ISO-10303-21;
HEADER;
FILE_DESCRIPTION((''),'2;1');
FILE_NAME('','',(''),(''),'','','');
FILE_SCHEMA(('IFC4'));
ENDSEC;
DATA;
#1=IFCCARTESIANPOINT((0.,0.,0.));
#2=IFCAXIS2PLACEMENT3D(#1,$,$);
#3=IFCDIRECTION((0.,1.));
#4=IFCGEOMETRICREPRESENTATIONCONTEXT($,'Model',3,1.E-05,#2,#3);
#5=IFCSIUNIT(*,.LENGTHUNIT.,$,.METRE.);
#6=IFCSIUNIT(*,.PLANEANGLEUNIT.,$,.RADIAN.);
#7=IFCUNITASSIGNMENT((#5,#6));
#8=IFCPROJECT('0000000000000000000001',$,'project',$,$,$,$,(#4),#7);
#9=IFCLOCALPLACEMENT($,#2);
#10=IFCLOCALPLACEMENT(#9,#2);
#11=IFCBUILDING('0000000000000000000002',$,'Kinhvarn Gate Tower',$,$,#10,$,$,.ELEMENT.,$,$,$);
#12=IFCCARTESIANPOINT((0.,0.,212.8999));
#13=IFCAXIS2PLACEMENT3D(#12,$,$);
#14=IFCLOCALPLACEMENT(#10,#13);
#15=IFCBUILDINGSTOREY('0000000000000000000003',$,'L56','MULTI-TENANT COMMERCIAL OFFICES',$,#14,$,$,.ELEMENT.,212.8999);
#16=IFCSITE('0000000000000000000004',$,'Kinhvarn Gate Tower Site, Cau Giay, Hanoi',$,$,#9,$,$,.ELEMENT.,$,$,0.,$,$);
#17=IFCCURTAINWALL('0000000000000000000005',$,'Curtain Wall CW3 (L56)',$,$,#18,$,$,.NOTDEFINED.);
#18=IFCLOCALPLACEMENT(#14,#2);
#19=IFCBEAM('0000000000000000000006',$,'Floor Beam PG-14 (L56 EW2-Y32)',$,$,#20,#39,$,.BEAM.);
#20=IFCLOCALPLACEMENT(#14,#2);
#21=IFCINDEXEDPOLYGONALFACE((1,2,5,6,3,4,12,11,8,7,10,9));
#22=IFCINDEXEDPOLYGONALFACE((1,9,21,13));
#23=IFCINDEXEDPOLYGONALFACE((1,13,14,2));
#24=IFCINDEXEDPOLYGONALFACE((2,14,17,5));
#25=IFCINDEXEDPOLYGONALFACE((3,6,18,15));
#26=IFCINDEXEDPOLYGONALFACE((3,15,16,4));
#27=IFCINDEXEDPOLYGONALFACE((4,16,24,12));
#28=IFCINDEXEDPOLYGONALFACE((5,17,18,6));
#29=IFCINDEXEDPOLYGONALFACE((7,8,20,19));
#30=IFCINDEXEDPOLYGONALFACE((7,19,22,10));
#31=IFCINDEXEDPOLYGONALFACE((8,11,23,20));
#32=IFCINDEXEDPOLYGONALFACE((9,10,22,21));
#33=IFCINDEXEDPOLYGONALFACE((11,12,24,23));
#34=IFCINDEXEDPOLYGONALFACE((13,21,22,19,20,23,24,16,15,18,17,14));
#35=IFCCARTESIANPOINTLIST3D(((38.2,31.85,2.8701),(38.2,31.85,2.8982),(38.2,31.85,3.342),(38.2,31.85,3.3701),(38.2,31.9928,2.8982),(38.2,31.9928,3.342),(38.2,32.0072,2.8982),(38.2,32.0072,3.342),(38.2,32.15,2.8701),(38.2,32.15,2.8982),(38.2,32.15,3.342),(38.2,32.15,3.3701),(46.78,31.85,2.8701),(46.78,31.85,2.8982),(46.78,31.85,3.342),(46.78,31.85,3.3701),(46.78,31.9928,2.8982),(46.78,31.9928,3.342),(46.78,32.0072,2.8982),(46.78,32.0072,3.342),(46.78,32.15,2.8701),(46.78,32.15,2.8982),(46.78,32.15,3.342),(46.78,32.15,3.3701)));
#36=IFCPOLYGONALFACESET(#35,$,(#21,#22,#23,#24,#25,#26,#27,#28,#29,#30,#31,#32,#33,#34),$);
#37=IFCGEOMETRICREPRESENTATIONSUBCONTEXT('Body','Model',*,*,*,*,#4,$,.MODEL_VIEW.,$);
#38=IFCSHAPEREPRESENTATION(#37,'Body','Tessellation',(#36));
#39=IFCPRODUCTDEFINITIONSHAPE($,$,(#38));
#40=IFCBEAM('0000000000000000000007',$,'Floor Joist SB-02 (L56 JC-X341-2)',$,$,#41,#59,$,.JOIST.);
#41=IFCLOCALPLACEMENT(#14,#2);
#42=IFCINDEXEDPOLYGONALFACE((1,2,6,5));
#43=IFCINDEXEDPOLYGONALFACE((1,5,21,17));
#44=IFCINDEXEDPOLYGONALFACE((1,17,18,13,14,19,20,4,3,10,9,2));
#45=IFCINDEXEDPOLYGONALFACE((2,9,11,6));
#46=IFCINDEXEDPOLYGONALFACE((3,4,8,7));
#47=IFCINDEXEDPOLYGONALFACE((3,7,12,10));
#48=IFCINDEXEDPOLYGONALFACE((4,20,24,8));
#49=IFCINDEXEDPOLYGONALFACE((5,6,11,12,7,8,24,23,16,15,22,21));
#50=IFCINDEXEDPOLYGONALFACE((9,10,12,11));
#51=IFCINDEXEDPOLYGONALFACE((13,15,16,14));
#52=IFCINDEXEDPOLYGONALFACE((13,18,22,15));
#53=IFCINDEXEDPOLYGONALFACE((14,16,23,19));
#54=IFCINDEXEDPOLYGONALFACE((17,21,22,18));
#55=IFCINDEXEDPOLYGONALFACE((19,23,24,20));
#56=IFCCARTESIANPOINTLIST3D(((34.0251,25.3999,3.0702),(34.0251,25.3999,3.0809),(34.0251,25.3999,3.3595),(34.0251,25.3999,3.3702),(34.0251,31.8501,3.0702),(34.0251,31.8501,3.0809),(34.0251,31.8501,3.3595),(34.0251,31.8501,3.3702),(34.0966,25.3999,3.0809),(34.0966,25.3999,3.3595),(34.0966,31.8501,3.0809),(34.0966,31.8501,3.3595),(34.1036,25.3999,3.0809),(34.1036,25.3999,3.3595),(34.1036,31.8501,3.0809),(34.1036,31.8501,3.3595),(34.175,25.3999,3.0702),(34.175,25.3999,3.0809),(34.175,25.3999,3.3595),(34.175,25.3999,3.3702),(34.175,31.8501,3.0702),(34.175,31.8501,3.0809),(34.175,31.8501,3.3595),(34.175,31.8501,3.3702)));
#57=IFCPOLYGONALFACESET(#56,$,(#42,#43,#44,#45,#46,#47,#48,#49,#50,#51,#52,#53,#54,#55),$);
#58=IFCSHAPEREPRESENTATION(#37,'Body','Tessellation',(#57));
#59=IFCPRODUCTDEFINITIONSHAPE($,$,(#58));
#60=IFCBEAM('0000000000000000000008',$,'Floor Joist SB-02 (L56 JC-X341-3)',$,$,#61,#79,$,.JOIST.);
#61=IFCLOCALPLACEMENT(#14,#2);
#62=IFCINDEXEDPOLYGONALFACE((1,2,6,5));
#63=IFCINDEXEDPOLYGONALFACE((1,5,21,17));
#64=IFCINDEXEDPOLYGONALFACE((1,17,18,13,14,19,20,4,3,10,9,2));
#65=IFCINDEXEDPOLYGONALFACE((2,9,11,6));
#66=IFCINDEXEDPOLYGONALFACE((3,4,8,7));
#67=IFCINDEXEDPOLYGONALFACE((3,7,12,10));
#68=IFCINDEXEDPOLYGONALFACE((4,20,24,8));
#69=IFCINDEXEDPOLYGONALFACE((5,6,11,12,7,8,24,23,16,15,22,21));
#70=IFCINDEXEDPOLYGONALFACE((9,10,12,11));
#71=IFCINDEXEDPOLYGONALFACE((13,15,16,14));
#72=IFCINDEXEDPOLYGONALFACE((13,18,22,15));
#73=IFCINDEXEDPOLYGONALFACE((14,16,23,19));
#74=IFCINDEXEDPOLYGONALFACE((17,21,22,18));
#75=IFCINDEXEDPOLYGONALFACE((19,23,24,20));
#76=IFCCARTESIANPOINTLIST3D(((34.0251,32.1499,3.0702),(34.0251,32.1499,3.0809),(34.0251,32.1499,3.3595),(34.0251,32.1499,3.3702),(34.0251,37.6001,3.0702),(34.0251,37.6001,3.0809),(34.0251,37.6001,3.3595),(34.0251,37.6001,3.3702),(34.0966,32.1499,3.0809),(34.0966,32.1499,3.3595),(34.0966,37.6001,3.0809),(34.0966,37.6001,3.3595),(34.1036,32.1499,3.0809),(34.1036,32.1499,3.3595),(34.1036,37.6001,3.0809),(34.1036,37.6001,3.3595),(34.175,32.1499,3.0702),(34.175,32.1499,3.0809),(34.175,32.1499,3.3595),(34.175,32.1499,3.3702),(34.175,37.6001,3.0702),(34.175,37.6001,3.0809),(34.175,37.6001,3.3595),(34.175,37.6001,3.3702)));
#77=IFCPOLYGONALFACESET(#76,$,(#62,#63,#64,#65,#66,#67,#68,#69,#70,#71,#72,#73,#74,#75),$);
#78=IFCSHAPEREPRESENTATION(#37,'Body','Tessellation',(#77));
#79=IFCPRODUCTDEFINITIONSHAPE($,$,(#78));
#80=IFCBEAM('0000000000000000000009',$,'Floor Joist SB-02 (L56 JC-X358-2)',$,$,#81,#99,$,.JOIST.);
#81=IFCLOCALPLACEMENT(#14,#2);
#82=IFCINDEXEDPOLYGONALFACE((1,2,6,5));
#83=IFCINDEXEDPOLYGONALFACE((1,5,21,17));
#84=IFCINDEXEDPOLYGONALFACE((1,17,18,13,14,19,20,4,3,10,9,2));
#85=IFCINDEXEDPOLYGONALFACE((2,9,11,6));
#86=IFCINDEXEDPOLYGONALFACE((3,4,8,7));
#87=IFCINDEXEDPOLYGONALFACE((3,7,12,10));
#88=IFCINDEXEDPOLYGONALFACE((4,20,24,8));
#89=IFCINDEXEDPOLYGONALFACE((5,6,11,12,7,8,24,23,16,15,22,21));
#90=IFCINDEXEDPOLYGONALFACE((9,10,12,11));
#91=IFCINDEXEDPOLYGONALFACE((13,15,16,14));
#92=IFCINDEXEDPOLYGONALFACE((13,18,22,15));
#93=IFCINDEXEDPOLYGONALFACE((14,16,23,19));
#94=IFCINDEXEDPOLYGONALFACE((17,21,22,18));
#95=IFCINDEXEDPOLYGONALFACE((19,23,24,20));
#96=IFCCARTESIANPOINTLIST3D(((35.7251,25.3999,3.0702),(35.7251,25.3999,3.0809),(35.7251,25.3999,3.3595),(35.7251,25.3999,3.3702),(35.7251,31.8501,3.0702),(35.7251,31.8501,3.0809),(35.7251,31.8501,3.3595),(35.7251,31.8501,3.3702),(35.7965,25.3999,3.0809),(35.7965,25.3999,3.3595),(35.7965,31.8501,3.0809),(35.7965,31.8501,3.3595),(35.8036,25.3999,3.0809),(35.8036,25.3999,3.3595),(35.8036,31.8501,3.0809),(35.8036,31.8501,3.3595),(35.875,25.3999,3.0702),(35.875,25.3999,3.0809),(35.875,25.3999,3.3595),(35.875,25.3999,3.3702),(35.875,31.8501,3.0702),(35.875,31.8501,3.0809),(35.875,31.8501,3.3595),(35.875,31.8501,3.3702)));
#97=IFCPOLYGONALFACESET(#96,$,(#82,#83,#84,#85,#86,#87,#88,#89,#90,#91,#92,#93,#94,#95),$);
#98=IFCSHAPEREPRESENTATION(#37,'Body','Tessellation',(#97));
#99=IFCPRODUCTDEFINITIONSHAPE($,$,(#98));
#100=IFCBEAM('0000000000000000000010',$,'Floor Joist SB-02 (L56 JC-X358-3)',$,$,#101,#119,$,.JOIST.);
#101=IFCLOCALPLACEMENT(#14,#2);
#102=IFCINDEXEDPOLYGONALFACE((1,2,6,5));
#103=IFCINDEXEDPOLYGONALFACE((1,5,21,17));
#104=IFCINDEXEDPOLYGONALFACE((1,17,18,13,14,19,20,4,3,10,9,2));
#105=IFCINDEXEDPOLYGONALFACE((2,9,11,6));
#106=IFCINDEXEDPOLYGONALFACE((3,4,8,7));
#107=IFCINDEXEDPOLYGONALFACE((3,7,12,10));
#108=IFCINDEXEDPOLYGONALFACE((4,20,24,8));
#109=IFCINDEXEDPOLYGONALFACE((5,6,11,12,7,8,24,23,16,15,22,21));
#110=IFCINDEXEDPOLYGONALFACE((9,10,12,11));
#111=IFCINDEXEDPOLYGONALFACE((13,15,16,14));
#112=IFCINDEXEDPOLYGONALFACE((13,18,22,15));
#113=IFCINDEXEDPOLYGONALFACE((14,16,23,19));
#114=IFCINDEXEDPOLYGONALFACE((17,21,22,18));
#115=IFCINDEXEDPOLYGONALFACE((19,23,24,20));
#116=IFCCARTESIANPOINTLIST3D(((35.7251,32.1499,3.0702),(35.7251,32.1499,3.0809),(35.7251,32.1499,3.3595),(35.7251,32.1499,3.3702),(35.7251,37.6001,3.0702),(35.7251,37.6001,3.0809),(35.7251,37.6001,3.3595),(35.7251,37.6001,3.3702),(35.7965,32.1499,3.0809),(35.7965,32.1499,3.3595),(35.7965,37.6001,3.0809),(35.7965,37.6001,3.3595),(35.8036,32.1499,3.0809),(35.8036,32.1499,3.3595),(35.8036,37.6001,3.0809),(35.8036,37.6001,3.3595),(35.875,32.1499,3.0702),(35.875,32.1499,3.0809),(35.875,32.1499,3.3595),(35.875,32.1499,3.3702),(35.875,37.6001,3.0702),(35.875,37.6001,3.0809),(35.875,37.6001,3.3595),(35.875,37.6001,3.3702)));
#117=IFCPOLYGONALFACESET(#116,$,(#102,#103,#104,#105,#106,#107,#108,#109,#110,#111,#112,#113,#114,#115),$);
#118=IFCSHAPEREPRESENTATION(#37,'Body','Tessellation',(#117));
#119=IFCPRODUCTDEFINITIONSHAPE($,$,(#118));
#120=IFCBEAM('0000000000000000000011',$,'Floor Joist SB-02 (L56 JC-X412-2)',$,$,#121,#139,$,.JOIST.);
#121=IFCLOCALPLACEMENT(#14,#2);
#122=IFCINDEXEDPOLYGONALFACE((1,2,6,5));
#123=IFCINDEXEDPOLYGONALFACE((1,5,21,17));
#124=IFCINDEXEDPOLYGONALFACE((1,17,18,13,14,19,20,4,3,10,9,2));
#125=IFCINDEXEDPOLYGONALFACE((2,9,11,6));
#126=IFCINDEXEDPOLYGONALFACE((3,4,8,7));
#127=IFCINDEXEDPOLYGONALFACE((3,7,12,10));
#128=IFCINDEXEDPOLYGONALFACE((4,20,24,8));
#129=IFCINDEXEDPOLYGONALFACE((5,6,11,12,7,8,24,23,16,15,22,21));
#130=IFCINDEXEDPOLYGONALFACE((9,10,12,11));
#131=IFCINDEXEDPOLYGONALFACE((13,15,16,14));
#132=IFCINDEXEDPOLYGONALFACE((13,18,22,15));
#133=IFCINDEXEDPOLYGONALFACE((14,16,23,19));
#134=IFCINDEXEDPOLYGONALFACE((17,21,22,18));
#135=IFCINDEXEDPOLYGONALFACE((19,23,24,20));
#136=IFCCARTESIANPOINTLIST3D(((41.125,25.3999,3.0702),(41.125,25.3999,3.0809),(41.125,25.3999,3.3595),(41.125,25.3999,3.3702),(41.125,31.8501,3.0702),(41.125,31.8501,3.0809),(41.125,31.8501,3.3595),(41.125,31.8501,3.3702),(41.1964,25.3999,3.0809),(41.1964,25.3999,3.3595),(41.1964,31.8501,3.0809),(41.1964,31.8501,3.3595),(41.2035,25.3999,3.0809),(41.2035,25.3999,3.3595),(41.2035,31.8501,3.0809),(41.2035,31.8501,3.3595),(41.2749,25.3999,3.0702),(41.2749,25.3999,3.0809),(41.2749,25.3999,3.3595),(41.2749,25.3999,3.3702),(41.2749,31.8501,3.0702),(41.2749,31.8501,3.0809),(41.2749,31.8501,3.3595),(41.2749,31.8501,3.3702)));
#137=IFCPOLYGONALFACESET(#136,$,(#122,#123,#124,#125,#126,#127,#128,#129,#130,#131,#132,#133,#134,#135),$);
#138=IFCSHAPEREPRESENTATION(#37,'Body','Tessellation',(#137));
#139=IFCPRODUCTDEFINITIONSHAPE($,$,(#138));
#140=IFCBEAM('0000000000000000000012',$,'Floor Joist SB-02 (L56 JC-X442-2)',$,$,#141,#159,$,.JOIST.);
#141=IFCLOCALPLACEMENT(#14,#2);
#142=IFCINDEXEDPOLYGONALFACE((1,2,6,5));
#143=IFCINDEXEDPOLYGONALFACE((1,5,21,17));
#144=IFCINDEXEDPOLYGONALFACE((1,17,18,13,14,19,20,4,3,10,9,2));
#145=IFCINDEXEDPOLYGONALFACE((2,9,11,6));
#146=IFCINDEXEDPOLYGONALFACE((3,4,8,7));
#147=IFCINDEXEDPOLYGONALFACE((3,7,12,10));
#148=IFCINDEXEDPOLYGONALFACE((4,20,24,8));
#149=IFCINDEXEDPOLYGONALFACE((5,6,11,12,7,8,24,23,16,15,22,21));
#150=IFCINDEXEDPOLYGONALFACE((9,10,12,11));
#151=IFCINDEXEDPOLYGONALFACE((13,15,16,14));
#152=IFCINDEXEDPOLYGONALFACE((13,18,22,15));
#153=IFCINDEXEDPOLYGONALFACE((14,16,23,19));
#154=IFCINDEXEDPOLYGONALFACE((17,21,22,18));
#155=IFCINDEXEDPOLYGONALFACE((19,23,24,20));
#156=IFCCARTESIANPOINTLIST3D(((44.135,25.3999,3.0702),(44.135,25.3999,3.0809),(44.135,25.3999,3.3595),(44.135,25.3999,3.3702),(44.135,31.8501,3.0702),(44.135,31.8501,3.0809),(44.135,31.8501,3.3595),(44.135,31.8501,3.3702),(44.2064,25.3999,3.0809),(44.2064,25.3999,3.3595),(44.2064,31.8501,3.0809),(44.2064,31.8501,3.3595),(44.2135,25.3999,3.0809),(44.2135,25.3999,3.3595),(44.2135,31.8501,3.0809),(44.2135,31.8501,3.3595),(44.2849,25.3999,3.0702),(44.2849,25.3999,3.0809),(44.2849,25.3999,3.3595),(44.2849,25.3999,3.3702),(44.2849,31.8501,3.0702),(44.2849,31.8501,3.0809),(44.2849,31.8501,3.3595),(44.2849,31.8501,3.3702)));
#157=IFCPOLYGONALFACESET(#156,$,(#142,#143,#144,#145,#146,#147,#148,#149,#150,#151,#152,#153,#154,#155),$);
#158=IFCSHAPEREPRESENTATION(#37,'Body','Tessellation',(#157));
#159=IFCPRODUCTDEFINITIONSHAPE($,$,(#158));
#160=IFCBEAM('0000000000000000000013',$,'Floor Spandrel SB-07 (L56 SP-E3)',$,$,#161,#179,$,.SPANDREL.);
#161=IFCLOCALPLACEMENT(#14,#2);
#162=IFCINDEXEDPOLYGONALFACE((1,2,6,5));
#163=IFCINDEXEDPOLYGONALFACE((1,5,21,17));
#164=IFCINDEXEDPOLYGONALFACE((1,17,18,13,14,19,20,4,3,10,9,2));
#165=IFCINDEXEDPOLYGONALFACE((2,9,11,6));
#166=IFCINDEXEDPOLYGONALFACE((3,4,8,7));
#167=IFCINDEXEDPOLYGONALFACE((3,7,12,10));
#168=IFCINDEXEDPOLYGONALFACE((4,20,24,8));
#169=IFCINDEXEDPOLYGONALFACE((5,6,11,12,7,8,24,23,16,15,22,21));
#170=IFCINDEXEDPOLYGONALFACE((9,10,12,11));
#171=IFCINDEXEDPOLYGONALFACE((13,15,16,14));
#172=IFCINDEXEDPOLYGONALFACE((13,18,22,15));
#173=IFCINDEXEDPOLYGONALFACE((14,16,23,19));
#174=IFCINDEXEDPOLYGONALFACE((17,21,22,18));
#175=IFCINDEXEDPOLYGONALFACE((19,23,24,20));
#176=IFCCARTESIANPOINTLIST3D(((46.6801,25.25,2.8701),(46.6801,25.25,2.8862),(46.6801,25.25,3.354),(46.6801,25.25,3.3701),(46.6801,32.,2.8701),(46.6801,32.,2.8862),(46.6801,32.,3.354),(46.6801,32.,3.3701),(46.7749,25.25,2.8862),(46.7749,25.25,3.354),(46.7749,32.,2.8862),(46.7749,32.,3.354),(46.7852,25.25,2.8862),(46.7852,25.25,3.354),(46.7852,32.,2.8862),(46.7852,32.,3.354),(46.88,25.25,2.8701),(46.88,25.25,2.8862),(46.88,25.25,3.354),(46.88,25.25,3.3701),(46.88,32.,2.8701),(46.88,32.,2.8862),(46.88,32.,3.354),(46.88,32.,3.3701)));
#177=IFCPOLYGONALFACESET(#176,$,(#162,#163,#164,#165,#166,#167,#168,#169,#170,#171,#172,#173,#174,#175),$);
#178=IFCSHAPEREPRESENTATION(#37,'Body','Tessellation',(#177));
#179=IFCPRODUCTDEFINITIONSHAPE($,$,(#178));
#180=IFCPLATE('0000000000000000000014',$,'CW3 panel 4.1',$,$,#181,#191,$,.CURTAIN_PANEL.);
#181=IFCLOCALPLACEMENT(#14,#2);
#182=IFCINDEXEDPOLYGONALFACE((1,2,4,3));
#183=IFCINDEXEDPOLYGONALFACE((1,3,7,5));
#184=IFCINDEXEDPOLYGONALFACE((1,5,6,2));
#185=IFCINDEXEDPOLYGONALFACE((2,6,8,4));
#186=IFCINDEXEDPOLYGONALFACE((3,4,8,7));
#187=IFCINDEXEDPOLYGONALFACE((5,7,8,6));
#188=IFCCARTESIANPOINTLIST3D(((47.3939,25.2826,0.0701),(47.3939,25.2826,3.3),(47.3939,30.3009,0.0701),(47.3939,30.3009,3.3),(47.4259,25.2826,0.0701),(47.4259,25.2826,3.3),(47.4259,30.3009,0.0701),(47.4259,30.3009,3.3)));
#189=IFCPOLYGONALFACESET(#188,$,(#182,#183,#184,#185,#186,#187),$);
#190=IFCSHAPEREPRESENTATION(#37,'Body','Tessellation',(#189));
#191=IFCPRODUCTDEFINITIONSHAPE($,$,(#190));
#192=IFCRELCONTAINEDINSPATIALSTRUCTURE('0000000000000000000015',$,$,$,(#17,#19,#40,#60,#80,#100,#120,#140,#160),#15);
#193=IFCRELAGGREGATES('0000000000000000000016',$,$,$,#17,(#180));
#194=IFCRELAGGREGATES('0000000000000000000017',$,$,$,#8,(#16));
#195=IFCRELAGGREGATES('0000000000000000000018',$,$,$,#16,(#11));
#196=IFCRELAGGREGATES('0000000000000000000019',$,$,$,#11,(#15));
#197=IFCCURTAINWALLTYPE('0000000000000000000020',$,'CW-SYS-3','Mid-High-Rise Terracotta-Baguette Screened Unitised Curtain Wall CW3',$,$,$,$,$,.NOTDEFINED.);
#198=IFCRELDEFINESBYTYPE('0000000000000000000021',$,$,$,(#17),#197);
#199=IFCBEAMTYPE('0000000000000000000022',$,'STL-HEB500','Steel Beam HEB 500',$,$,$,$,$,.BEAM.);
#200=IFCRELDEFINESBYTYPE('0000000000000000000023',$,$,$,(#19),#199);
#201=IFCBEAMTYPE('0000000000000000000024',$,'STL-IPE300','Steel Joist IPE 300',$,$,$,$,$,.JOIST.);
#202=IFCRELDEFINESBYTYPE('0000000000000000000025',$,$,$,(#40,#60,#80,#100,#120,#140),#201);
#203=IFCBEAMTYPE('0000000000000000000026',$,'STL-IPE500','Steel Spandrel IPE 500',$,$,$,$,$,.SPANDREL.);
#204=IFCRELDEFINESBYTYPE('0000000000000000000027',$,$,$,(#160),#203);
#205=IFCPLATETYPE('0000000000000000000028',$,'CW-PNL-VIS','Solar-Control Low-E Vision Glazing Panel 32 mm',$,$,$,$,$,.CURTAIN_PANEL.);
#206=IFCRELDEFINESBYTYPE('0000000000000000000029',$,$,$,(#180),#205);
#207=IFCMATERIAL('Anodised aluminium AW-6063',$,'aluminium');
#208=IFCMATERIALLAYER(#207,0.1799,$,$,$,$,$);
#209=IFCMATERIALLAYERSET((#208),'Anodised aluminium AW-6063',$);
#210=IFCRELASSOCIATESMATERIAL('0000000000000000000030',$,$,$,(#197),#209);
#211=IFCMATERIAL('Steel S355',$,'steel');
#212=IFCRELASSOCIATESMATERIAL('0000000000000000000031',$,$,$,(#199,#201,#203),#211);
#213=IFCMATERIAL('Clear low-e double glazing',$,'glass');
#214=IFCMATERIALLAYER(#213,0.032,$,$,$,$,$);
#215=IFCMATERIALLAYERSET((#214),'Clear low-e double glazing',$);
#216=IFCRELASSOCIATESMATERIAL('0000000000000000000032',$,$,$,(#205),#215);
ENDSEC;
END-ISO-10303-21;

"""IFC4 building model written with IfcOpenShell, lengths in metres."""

from ifc_helpers import new_model, si_unit, direction, frame, origin, origin_2d, place, context, subcontext, project, spatial, rectangle, i_section, extrude, material, layer, layer_set, material_profile, profile_set, type_object, element, aggregate, save


model = new_model("IFC4")

# Units and contexts
model_context = context("Model", 3, precision=1e-05, world=origin(), true_north=direction((0.0, 1.0)))
body_context = subcontext(model_context, "Body", "Model", "MODEL_VIEW")
ifc_project = project(units=[si_unit("LENGTHUNIT", "METRE"), si_unit("PLANEANGLEUNIT", "RADIAN")], contexts=[model_context])

# Site, building, storey
site_placement = place(None, origin())
site = spatial("IfcSite", under=ifc_project, at=site_placement, Name="Kinhvarn Gate Tower Site, Cau Giay, Hanoi", CompositionType="ELEMENT", RefElevation=0.0)
building_placement = place(site_placement, origin())
building = spatial("IfcBuilding", under=site, at=building_placement, Name="Kinhvarn Gate Tower", CompositionType="ELEMENT")
storey_placement = place(building_placement, frame((0.0, 0.0, 212.8999)))
storey = spatial("IfcBuildingStorey", under=building, at=storey_placement, Name="L56", Description="MULTI-TENANT COMMERCIAL OFFICES", CompositionType="ELEMENT", Elevation=212.8999)

# Curtain wall
ifc_material_1 = material(Name="Anodised aluminium AW-6063", Category="aluminium")
ifc_layer_1 = layer(ifc_material_1, 0.1799)
ifc_layer_set_1 = layer_set([ifc_layer_1], Name="Anodised aluminium AW-6063")
curtain_wall_type = type_object("IfcCurtainWallType", Name="CW-SYS-3", Description="Mid-High-Rise Terracotta-Baguette Screened Unitised Curtain Wall CW3", PredefinedType="NOTDEFINED", material=ifc_layer_set_1)
curtain_wall_placement = place(storey_placement, origin())
curtain_wall = element("IfcCurtainWall", 1, at=curtain_wall_placement, inside=storey, type_object=curtain_wall_type, Name="Curtain Wall CW3 (L56)", PredefinedType="NOTDEFINED")

# Beams
ifc_material_2 = material(Name="Steel S355", Category="steel")
ifc_material_profile_1 = material_profile(ifc_material_2, i_section(OverallWidth=0.3, OverallDepth=0.5, WebThickness=0.0144, FlangeThickness=0.0281, at=origin_2d()), Name="HEB 500")
ifc_profile_set_1 = profile_set([ifc_material_profile_1], Name="Steel S355")
beam_type_1 = type_object("IfcBeamType", Name="STL-HEB500", Description="Steel Beam HEB 500", PredefinedType="BEAM", material=ifc_profile_set_1)
beam_1_placement = place(storey_placement, frame((38.2, 32.0, 3.1201), z_axis=(1.0, 0.0, 0.0), x_axis=(0.0, 1.0, 0.0)))
element("IfcBeam", 2, at=beam_1_placement, inside=storey, type_object=beam_type_1, Name="Floor Beam PG-14 (L56 EW2-Y32)", PredefinedType="BEAM", context=body_context, shape_type="SweptSolid", body=[
    extrude(i_section(OverallWidth=0.3, OverallDepth=0.5, WebThickness=0.0144, FlangeThickness=0.0281, at=origin_2d()), origin(), (0.0, 0.0, 1.0), 8.5801),
])
ifc_material_profile_2 = material_profile(ifc_material_2, i_section(OverallWidth=0.1499, OverallDepth=0.3, WebThickness=0.0071, FlangeThickness=0.0107, at=origin_2d()), Name="IPE 300")
ifc_profile_set_2 = profile_set([ifc_material_profile_2], Name="Steel S355")
beam_type_2 = type_object("IfcBeamType", Name="STL-IPE300", Description="Steel Joist IPE 300", PredefinedType="JOIST", material=ifc_profile_set_2)
beam_2_placement = place(storey_placement, frame((34.1001, 25.3999, 3.2202), z_axis=(0.0, 1.0, 0.0), x_axis=(-1.0, 0.0, 0.0)))
element("IfcBeam", 3, at=beam_2_placement, inside=storey, type_object=beam_type_2, Name="Floor Joist SB-02 (L56 JC-X341-2)", PredefinedType="JOIST", context=body_context, shape_type="SweptSolid", body=[
    extrude(i_section(OverallWidth=0.1499, OverallDepth=0.3, WebThickness=0.0071, FlangeThickness=0.0107, at=origin_2d()), origin(), (0.0, 0.0, 1.0), 6.4502),
])
beam_3_placement = place(storey_placement, frame((34.1001, 32.1499, 3.2202), z_axis=(0.0, 1.0, 0.0), x_axis=(-1.0, 0.0, 0.0)))
element("IfcBeam", 4, at=beam_3_placement, inside=storey, type_object=beam_type_2, Name="Floor Joist SB-02 (L56 JC-X341-3)", PredefinedType="JOIST", context=body_context, shape_type="SweptSolid", body=[
    extrude(i_section(OverallWidth=0.1499, OverallDepth=0.3, WebThickness=0.0071, FlangeThickness=0.0107, at=origin_2d()), origin(), (0.0, 0.0, 1.0), 5.4502),
])
beam_4_placement = place(storey_placement, frame((35.8, 25.3999, 3.2202), z_axis=(0.0, 1.0, 0.0), x_axis=(-1.0, 0.0, 0.0)))
element("IfcBeam", 5, at=beam_4_placement, inside=storey, type_object=beam_type_2, Name="Floor Joist SB-02 (L56 JC-X358-2)", PredefinedType="JOIST", context=body_context, shape_type="SweptSolid", body=[
    extrude(i_section(OverallWidth=0.1499, OverallDepth=0.3, WebThickness=0.0071, FlangeThickness=0.0107, at=origin_2d()), origin(), (0.0, 0.0, 1.0), 6.4502),
])
beam_5_placement = place(storey_placement, frame((35.8, 32.1499, 3.2202), z_axis=(0.0, 1.0, 0.0), x_axis=(-1.0, 0.0, 0.0)))
element("IfcBeam", 6, at=beam_5_placement, inside=storey, type_object=beam_type_2, Name="Floor Joist SB-02 (L56 JC-X358-3)", PredefinedType="JOIST", context=body_context, shape_type="SweptSolid", body=[
    extrude(i_section(OverallWidth=0.1499, OverallDepth=0.3, WebThickness=0.0071, FlangeThickness=0.0107, at=origin_2d()), origin(), (0.0, 0.0, 1.0), 5.4502),
])
for number, where, z_axis, x_axis, name in (
    (7, (41.2, 25.3999, 3.2202), (0.0, 1.0, 0.0), (-1.0, 0.0, 0.0), "Floor Joist SB-02 (L56 JC-X412-2)"),
    (8, (44.21, 25.3999, 3.2202), (0.0, 1.0, 0.0), (-1.0, 0.0, 0.0), "Floor Joist SB-02 (L56 JC-X442-2)"),
):
    element("IfcBeam", number, at=place(storey_placement, frame(where, z_axis=z_axis, x_axis=x_axis)), inside=storey, type_object=beam_type_2, Name=name, PredefinedType="JOIST", context=body_context, shape_type="SweptSolid", body=[
        extrude(i_section(OverallWidth=0.1499, OverallDepth=0.3, WebThickness=0.0071, FlangeThickness=0.0107, at=origin_2d()), origin(), (0.0, 0.0, 1.0), 6.4502),
    ])
ifc_material_profile_3 = material_profile(ifc_material_2, i_section(OverallWidth=0.2, OverallDepth=0.5, WebThickness=0.0103, FlangeThickness=0.0161, at=origin_2d()), Name="IPE 500")
ifc_profile_set_3 = profile_set([ifc_material_profile_3], Name="Steel S355")
beam_type_3 = type_object("IfcBeamType", Name="STL-IPE500", Description="Steel Spandrel IPE 500", PredefinedType="SPANDREL", material=ifc_profile_set_3)
beam_6_placement = place(storey_placement, frame((46.78, 25.25, 3.1201), z_axis=(0.0, 1.0, 0.0), x_axis=(-1.0, 0.0, 0.0)))
element("IfcBeam", 9, at=beam_6_placement, inside=storey, type_object=beam_type_3, Name="Floor Spandrel SB-07 (L56 SP-E3)", PredefinedType="SPANDREL", context=body_context, shape_type="SweptSolid", body=[
    extrude(i_section(OverallWidth=0.2, OverallDepth=0.5, WebThickness=0.0103, FlangeThickness=0.0161, at=origin_2d()), origin(), (0.0, 0.0, 1.0), 6.75),
])

# Plate
ifc_material_3 = material(Name="Clear low-e double glazing", Category="glass")
ifc_layer_2 = layer(ifc_material_3, 0.032)
ifc_layer_set_2 = layer_set([ifc_layer_2], Name="Clear low-e double glazing")
plate_type = type_object("IfcPlateType", Name="CW-PNL-VIS", Description="Solar-Control Low-E Vision Glazing Panel 32 mm", PredefinedType="CURTAIN_PANEL", material=ifc_layer_set_2)
plate_1_placement = place(storey_placement, frame((47.4099, 27.7917, 0.0701), z_axis=(0.0, 0.0, 1.0), x_axis=(0.0, 1.0, 0.0)))
plate_1 = element("IfcPlate", 10, at=plate_1_placement, type_object=plate_type, Name="CW3 panel 4.1", PredefinedType="CURTAIN_PANEL", context=body_context, shape_type="SweptSolid", body=[
    extrude(rectangle(XDim=5.0183, YDim=0.032, at=origin_2d()), origin(), (0.0, 0.0, 1.0), 3.23),
])
aggregate(curtain_wall, [plate_1])

save(model, "model.ifc")
